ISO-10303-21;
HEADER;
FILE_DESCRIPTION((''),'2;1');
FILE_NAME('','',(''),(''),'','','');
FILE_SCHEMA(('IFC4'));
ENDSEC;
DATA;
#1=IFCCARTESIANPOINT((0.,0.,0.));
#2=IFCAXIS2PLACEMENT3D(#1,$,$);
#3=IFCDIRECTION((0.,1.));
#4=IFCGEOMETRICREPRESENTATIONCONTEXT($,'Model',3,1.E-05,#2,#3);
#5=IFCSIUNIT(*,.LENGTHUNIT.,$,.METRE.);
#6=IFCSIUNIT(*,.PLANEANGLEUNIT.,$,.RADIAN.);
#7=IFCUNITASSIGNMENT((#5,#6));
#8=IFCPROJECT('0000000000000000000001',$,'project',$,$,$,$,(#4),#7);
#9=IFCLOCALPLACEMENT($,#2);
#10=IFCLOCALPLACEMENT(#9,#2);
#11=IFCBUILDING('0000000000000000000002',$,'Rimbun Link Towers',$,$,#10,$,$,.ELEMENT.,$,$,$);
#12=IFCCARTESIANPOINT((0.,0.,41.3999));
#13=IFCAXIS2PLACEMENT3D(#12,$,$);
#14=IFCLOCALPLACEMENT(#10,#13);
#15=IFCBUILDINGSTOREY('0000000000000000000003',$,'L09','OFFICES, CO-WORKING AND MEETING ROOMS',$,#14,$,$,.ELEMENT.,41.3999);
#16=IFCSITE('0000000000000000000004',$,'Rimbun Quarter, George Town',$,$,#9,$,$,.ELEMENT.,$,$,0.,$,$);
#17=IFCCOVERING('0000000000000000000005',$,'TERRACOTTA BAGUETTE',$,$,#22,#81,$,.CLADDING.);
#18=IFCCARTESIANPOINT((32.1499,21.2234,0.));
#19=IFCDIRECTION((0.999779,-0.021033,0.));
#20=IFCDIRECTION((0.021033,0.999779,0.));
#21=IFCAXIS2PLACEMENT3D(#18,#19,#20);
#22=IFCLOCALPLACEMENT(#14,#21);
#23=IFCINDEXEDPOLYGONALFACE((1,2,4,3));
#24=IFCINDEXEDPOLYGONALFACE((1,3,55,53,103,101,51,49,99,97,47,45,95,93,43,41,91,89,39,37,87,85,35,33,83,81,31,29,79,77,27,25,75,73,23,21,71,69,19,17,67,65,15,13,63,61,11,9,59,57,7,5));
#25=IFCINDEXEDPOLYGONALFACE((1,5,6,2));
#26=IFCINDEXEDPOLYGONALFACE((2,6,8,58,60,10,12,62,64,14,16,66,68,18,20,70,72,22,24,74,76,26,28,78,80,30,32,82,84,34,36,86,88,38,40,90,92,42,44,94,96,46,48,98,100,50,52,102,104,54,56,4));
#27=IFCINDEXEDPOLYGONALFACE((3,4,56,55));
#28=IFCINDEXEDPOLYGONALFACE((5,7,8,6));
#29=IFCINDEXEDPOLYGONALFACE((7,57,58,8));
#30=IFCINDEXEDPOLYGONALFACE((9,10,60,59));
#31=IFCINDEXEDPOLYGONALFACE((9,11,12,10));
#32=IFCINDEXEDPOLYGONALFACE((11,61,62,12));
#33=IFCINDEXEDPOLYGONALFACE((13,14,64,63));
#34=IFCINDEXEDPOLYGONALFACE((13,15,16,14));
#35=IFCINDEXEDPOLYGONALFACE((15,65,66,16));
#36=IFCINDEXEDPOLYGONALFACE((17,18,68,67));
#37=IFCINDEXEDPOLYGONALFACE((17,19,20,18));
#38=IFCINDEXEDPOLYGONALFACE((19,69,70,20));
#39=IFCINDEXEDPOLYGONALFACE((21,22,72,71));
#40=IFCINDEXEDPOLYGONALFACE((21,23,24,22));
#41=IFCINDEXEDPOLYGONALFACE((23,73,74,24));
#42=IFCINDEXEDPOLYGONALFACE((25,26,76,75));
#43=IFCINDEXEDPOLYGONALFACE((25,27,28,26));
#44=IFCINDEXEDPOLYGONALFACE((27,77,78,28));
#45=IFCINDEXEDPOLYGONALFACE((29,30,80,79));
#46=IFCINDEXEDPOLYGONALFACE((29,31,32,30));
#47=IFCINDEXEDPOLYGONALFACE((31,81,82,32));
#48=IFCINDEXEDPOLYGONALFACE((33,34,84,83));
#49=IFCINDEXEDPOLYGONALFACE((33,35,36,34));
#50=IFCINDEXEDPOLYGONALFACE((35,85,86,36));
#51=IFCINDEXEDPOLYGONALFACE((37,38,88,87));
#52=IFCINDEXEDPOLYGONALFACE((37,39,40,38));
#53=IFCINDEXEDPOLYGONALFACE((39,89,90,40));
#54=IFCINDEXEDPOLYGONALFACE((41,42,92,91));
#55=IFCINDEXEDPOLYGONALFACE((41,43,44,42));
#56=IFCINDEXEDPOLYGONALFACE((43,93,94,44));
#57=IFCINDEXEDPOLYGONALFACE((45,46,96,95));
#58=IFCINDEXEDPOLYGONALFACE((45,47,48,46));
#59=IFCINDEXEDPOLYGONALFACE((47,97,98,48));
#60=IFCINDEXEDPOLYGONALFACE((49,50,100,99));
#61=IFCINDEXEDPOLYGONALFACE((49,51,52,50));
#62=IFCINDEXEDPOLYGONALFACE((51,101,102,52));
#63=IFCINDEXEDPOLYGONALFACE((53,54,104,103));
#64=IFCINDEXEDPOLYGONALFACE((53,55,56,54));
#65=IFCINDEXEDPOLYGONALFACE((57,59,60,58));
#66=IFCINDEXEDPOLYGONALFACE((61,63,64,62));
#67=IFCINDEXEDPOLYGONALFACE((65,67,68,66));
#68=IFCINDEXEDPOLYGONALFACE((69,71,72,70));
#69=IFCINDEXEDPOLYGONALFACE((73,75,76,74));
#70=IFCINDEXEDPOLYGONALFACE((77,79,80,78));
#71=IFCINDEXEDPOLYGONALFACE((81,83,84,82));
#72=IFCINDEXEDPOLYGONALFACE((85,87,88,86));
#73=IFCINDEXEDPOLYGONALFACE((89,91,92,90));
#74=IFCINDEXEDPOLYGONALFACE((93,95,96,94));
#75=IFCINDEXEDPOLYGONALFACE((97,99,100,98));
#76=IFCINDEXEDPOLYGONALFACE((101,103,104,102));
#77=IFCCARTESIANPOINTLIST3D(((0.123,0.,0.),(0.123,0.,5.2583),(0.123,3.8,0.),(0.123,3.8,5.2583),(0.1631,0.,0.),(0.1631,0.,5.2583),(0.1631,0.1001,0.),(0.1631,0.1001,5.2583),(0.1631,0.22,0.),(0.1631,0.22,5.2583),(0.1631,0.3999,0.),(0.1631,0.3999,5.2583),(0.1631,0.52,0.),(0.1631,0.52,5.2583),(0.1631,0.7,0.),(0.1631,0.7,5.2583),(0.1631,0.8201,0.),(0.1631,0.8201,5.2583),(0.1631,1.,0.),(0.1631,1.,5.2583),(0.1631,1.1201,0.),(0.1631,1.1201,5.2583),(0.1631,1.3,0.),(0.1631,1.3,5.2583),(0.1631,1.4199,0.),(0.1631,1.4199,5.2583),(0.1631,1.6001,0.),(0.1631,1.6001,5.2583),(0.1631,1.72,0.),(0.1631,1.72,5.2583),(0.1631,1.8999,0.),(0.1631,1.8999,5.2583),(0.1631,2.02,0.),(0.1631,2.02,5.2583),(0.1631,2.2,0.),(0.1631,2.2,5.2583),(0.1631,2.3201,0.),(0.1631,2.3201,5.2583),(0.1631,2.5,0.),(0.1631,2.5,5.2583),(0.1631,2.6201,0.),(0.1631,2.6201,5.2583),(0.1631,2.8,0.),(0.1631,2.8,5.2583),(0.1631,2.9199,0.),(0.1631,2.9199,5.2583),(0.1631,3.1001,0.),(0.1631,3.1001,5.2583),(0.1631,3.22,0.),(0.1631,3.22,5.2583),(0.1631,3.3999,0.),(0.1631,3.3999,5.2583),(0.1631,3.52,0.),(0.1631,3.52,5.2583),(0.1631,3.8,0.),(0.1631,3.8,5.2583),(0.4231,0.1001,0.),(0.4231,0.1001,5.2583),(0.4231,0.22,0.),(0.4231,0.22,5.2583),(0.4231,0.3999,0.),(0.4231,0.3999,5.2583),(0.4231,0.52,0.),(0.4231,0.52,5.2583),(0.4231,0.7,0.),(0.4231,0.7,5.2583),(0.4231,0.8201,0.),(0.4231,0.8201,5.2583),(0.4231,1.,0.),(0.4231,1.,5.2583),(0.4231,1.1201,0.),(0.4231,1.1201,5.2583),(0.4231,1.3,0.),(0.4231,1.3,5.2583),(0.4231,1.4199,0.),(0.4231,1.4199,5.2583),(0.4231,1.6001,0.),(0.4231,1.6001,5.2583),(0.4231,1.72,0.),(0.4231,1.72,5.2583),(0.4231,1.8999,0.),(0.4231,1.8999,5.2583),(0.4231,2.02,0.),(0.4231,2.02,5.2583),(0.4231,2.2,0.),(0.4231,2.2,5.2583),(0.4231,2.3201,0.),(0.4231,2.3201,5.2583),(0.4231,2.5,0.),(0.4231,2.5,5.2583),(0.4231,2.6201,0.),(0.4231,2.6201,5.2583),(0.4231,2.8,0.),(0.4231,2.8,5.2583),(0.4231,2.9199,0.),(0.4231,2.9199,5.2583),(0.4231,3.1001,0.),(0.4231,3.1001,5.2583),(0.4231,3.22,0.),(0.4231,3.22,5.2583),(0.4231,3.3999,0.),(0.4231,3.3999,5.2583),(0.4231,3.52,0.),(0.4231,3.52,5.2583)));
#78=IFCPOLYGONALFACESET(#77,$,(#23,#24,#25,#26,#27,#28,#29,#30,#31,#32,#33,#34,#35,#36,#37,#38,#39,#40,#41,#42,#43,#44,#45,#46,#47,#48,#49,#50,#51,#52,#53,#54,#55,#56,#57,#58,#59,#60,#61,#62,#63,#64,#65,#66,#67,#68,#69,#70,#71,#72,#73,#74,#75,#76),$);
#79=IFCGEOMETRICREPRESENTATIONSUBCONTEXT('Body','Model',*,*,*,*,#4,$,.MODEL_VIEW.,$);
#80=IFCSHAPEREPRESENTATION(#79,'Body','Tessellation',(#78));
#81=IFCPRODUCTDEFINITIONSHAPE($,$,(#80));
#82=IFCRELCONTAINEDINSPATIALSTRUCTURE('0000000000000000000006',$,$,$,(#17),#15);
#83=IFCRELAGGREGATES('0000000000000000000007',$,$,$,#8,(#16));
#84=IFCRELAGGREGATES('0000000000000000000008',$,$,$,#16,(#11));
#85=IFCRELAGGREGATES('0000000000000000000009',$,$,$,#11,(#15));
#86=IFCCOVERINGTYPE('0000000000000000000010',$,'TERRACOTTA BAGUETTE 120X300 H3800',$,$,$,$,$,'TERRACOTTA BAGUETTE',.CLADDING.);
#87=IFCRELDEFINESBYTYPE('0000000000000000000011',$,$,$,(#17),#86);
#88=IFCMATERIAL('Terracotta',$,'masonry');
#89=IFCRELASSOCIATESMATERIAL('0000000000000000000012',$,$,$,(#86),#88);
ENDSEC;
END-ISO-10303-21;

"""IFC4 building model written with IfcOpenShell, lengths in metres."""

from ifc_helpers import new_model, si_unit, direction, frame, origin, place, context, subcontext, project, spatial, polyline, outline, extrude, material, material_profile, profile_set, type_object, element, save


model = new_model("IFC4")

# Units and contexts
model_context = context("Model", 3, precision=1e-05, world=origin(), true_north=direction((0.0, 1.0)))
body_context = subcontext(model_context, "Body", "Model", "MODEL_VIEW")
ifc_project = project(units=[si_unit("LENGTHUNIT", "METRE"), si_unit("PLANEANGLEUNIT", "RADIAN")], contexts=[model_context])

# Site, building, storey
site_placement = place(None, origin())
site = spatial("IfcSite", under=ifc_project, at=site_placement, Name="Rimbun Quarter, George Town", CompositionType="ELEMENT", RefElevation=0.0)
building_placement = place(site_placement, origin())
building = spatial("IfcBuilding", under=site, at=building_placement, Name="Rimbun Link Towers", CompositionType="ELEMENT")
storey_placement = place(building_placement, frame((0.0, 0.0, 41.3999)))
storey = spatial("IfcBuildingStorey", under=building, at=storey_placement, Name="L09", Description="OFFICES, CO-WORKING AND MEETING ROOMS", CompositionType="ELEMENT", Elevation=41.3999)

# Covering
ifc_material_1 = material(Name="Terracotta", Category="masonry")
ifc_material_profile_1 = material_profile(ifc_material_1, outline(polyline([(0.123, 0.0), (0.1631, 0.0), (0.1631, 0.1001), (0.4231, 0.1001), (0.4231, 0.22), (0.1631, 0.22), (0.1631, 0.3999), (0.4231, 0.3999), (0.4231, 0.52), (0.1631, 0.52), (0.1631, 0.7), (0.4231, 0.7), (0.4231, 0.8201), (0.1631, 0.8201), (0.1631, 1.0), (0.4231, 1.0), (0.4231, 1.1201), (0.1631, 1.1201), (0.1631, 1.3), (0.4231, 1.3), (0.4231, 1.4199), (0.1631, 1.4199), (0.1631, 1.6001), (0.4231, 1.6001), (0.4231, 1.72), (0.1631, 1.72), (0.1631, 1.8999), (0.4231, 1.8999), (0.4231, 2.02), (0.1631, 2.02), (0.1631, 2.2), (0.4231, 2.2), (0.4231, 2.3201), (0.1631, 2.3201), (0.1631, 2.5), (0.4231, 2.5), (0.4231, 2.6201), (0.1631, 2.6201), (0.1631, 2.8), (0.4231, 2.8), (0.4231, 2.9199), (0.1631, 2.9199), (0.1631, 3.1001), (0.4231, 3.1001), (0.4231, 3.22), (0.1631, 3.22), (0.1631, 3.3999), (0.4231, 3.3999), (0.4231, 3.52), (0.1631, 3.52), (0.1631, 3.8), (0.123, 3.8), (0.123, 0.0)])), Name="BAGUETTE 120X300")
ifc_profile_set_1 = profile_set([ifc_material_profile_1], Name="Terracotta")
covering_type = type_object("IfcCoveringType", Name="TERRACOTTA BAGUETTE 120X300 H3800", ElementType="TERRACOTTA BAGUETTE", PredefinedType="CLADDING", material=ifc_profile_set_1)
covering_placement = place(storey_placement, frame((32.1499, 21.2234, 0.0), z_axis=(0.999779, -0.021033, 0.0), x_axis=(0.021033, 0.999779, 0.0)))
element("IfcCovering", 1, at=covering_placement, inside=storey, type_object=covering_type, Name="TERRACOTTA BAGUETTE", PredefinedType="CLADDING", context=body_context, shape_type="SweptSolid", body=[
    extrude(outline(polyline([(0.123, 0.0), (0.1631, 0.0), (0.1631, 0.1001), (0.4231, 0.1001), (0.4231, 0.22), (0.1631, 0.22), (0.1631, 0.3999), (0.4231, 0.3999), (0.4231, 0.52), (0.1631, 0.52), (0.1631, 0.7), (0.4231, 0.7), (0.4231, 0.8201), (0.1631, 0.8201), (0.1631, 1.0), (0.4231, 1.0), (0.4231, 1.1201), (0.1631, 1.1201), (0.1631, 1.3), (0.4231, 1.3), (0.4231, 1.4199), (0.1631, 1.4199), (0.1631, 1.6001), (0.4231, 1.6001), (0.4231, 1.72), (0.1631, 1.72), (0.1631, 1.8999), (0.4231, 1.8999), (0.4231, 2.02), (0.1631, 2.02), (0.1631, 2.2), (0.4231, 2.2), (0.4231, 2.3201), (0.1631, 2.3201), (0.1631, 2.5), (0.4231, 2.5), (0.4231, 2.6201), (0.1631, 2.6201), (0.1631, 2.8), (0.4231, 2.8), (0.4231, 2.9199), (0.1631, 2.9199), (0.1631, 3.1001), (0.4231, 3.1001), (0.4231, 3.22), (0.1631, 3.22), (0.1631, 3.3999), (0.4231, 3.3999), (0.4231, 3.52), (0.1631, 3.52), (0.1631, 3.8), (0.123, 3.8), (0.123, 0.0)])), origin(), (0.0, 0.0, 1.0), 5.2583),
])

save(model, "model.ifc")
